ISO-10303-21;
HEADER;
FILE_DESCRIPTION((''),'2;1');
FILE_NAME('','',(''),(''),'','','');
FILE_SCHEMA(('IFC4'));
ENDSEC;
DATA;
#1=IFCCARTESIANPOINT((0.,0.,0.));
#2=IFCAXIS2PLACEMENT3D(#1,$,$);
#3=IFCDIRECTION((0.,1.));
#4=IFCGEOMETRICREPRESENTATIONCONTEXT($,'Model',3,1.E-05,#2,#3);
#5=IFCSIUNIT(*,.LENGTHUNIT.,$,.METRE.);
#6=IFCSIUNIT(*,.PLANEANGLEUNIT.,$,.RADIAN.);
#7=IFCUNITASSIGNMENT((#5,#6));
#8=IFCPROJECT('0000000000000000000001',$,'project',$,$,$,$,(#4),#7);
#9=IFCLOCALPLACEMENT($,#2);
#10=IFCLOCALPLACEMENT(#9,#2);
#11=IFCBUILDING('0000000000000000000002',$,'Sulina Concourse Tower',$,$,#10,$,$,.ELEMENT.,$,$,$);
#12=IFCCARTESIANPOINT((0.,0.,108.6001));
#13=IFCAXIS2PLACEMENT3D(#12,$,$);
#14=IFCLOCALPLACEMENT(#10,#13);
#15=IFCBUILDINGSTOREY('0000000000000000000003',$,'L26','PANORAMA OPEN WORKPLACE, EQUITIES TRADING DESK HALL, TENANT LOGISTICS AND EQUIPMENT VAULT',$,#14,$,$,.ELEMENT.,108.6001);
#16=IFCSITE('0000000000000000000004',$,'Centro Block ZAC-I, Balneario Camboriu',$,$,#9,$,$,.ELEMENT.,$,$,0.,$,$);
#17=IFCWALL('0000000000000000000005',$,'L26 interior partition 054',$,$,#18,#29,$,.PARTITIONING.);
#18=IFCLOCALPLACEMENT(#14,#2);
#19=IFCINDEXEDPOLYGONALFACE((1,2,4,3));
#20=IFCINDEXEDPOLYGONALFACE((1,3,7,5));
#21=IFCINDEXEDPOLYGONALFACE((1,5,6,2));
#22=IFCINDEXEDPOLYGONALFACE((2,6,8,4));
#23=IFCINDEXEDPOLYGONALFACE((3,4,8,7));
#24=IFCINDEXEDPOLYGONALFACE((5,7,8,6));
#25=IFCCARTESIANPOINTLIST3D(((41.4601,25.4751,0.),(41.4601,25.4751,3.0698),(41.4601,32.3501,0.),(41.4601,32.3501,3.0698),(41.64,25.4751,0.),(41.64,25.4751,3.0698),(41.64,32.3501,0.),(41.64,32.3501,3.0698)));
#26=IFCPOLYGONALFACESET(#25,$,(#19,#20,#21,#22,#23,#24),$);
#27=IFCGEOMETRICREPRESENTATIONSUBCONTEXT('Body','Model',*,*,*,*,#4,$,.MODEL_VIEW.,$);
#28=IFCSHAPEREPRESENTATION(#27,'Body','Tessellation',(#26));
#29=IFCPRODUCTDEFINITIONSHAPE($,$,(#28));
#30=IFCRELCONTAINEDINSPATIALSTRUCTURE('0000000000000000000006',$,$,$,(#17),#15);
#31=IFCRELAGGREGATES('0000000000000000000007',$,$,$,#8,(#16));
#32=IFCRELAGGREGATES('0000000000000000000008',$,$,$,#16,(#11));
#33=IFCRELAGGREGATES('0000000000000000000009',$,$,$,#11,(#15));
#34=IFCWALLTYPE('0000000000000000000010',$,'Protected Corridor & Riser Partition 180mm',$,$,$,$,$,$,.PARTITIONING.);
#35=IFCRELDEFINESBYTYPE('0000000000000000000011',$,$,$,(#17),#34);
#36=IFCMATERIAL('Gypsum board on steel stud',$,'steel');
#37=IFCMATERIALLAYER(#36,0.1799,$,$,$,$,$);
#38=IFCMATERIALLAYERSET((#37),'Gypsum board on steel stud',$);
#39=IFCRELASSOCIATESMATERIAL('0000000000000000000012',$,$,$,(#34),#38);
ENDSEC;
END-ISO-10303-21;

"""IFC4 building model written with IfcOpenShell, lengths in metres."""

from ifc_helpers import new_model, si_unit, direction, frame, frame_2d, origin, place, context, subcontext, project, spatial, rectangle, extrude, material, layer, layer_set, type_object, element, save


model = new_model("IFC4")

# Units and contexts
model_context = context("Model", 3, precision=1e-05, world=origin(), true_north=direction((0.0, 1.0)))
body_context = subcontext(model_context, "Body", "Model", "MODEL_VIEW")
ifc_project = project(units=[si_unit("LENGTHUNIT", "METRE"), si_unit("PLANEANGLEUNIT", "RADIAN")], contexts=[model_context])

# Site, building, storey
site_placement = place(None, origin())
site = spatial("IfcSite", under=ifc_project, at=site_placement, Name="Centro Block ZAC-I, Balneario Camboriu", CompositionType="ELEMENT", RefElevation=0.0)
building_placement = place(site_placement, origin())
building = spatial("IfcBuilding", under=site, at=building_placement, Name="Sulina Concourse Tower", CompositionType="ELEMENT")
storey_placement = place(building_placement, frame((0.0, 0.0, 108.6001)))
storey = spatial("IfcBuildingStorey", under=building, at=storey_placement, Name="L26", Description="PANORAMA OPEN WORKPLACE, EQUITIES TRADING DESK HALL, TENANT LOGISTICS AND EQUIPMENT VAULT", CompositionType="ELEMENT", Elevation=108.6001)

# Shared definitions
ifc_material_1 = material(Name="Gypsum board on steel stud", Category="steel")
ifc_layer_1 = layer(ifc_material_1, 0.1799)
ifc_layer_set_1 = layer_set([ifc_layer_1], Name="Gypsum board on steel stud")
wall_type_1 = type_object("IfcWallType", Name="Protected Corridor & Riser Partition 180mm", PredefinedType="PARTITIONING", material=ifc_layer_set_1)

# Wall
wall_1_placement = place(storey_placement, frame((41.55, 25.4751, 0.0), z_axis=(0.0, 0.0, 1.0), x_axis=(0.0, 1.0, 0.0)))
element("IfcWall", 1, at=wall_1_placement, inside=storey, type_object=wall_type_1, Name="L26 interior partition 054", PredefinedType="PARTITIONING", context=body_context, shape_type="SweptSolid", body=[
    extrude(rectangle(XDim=6.875, YDim=0.1799, at=frame_2d((3.4375, 0.0))), origin(), (0.0, 0.0, 1.0), 3.0698),
])

save(model, "model.ifc")
